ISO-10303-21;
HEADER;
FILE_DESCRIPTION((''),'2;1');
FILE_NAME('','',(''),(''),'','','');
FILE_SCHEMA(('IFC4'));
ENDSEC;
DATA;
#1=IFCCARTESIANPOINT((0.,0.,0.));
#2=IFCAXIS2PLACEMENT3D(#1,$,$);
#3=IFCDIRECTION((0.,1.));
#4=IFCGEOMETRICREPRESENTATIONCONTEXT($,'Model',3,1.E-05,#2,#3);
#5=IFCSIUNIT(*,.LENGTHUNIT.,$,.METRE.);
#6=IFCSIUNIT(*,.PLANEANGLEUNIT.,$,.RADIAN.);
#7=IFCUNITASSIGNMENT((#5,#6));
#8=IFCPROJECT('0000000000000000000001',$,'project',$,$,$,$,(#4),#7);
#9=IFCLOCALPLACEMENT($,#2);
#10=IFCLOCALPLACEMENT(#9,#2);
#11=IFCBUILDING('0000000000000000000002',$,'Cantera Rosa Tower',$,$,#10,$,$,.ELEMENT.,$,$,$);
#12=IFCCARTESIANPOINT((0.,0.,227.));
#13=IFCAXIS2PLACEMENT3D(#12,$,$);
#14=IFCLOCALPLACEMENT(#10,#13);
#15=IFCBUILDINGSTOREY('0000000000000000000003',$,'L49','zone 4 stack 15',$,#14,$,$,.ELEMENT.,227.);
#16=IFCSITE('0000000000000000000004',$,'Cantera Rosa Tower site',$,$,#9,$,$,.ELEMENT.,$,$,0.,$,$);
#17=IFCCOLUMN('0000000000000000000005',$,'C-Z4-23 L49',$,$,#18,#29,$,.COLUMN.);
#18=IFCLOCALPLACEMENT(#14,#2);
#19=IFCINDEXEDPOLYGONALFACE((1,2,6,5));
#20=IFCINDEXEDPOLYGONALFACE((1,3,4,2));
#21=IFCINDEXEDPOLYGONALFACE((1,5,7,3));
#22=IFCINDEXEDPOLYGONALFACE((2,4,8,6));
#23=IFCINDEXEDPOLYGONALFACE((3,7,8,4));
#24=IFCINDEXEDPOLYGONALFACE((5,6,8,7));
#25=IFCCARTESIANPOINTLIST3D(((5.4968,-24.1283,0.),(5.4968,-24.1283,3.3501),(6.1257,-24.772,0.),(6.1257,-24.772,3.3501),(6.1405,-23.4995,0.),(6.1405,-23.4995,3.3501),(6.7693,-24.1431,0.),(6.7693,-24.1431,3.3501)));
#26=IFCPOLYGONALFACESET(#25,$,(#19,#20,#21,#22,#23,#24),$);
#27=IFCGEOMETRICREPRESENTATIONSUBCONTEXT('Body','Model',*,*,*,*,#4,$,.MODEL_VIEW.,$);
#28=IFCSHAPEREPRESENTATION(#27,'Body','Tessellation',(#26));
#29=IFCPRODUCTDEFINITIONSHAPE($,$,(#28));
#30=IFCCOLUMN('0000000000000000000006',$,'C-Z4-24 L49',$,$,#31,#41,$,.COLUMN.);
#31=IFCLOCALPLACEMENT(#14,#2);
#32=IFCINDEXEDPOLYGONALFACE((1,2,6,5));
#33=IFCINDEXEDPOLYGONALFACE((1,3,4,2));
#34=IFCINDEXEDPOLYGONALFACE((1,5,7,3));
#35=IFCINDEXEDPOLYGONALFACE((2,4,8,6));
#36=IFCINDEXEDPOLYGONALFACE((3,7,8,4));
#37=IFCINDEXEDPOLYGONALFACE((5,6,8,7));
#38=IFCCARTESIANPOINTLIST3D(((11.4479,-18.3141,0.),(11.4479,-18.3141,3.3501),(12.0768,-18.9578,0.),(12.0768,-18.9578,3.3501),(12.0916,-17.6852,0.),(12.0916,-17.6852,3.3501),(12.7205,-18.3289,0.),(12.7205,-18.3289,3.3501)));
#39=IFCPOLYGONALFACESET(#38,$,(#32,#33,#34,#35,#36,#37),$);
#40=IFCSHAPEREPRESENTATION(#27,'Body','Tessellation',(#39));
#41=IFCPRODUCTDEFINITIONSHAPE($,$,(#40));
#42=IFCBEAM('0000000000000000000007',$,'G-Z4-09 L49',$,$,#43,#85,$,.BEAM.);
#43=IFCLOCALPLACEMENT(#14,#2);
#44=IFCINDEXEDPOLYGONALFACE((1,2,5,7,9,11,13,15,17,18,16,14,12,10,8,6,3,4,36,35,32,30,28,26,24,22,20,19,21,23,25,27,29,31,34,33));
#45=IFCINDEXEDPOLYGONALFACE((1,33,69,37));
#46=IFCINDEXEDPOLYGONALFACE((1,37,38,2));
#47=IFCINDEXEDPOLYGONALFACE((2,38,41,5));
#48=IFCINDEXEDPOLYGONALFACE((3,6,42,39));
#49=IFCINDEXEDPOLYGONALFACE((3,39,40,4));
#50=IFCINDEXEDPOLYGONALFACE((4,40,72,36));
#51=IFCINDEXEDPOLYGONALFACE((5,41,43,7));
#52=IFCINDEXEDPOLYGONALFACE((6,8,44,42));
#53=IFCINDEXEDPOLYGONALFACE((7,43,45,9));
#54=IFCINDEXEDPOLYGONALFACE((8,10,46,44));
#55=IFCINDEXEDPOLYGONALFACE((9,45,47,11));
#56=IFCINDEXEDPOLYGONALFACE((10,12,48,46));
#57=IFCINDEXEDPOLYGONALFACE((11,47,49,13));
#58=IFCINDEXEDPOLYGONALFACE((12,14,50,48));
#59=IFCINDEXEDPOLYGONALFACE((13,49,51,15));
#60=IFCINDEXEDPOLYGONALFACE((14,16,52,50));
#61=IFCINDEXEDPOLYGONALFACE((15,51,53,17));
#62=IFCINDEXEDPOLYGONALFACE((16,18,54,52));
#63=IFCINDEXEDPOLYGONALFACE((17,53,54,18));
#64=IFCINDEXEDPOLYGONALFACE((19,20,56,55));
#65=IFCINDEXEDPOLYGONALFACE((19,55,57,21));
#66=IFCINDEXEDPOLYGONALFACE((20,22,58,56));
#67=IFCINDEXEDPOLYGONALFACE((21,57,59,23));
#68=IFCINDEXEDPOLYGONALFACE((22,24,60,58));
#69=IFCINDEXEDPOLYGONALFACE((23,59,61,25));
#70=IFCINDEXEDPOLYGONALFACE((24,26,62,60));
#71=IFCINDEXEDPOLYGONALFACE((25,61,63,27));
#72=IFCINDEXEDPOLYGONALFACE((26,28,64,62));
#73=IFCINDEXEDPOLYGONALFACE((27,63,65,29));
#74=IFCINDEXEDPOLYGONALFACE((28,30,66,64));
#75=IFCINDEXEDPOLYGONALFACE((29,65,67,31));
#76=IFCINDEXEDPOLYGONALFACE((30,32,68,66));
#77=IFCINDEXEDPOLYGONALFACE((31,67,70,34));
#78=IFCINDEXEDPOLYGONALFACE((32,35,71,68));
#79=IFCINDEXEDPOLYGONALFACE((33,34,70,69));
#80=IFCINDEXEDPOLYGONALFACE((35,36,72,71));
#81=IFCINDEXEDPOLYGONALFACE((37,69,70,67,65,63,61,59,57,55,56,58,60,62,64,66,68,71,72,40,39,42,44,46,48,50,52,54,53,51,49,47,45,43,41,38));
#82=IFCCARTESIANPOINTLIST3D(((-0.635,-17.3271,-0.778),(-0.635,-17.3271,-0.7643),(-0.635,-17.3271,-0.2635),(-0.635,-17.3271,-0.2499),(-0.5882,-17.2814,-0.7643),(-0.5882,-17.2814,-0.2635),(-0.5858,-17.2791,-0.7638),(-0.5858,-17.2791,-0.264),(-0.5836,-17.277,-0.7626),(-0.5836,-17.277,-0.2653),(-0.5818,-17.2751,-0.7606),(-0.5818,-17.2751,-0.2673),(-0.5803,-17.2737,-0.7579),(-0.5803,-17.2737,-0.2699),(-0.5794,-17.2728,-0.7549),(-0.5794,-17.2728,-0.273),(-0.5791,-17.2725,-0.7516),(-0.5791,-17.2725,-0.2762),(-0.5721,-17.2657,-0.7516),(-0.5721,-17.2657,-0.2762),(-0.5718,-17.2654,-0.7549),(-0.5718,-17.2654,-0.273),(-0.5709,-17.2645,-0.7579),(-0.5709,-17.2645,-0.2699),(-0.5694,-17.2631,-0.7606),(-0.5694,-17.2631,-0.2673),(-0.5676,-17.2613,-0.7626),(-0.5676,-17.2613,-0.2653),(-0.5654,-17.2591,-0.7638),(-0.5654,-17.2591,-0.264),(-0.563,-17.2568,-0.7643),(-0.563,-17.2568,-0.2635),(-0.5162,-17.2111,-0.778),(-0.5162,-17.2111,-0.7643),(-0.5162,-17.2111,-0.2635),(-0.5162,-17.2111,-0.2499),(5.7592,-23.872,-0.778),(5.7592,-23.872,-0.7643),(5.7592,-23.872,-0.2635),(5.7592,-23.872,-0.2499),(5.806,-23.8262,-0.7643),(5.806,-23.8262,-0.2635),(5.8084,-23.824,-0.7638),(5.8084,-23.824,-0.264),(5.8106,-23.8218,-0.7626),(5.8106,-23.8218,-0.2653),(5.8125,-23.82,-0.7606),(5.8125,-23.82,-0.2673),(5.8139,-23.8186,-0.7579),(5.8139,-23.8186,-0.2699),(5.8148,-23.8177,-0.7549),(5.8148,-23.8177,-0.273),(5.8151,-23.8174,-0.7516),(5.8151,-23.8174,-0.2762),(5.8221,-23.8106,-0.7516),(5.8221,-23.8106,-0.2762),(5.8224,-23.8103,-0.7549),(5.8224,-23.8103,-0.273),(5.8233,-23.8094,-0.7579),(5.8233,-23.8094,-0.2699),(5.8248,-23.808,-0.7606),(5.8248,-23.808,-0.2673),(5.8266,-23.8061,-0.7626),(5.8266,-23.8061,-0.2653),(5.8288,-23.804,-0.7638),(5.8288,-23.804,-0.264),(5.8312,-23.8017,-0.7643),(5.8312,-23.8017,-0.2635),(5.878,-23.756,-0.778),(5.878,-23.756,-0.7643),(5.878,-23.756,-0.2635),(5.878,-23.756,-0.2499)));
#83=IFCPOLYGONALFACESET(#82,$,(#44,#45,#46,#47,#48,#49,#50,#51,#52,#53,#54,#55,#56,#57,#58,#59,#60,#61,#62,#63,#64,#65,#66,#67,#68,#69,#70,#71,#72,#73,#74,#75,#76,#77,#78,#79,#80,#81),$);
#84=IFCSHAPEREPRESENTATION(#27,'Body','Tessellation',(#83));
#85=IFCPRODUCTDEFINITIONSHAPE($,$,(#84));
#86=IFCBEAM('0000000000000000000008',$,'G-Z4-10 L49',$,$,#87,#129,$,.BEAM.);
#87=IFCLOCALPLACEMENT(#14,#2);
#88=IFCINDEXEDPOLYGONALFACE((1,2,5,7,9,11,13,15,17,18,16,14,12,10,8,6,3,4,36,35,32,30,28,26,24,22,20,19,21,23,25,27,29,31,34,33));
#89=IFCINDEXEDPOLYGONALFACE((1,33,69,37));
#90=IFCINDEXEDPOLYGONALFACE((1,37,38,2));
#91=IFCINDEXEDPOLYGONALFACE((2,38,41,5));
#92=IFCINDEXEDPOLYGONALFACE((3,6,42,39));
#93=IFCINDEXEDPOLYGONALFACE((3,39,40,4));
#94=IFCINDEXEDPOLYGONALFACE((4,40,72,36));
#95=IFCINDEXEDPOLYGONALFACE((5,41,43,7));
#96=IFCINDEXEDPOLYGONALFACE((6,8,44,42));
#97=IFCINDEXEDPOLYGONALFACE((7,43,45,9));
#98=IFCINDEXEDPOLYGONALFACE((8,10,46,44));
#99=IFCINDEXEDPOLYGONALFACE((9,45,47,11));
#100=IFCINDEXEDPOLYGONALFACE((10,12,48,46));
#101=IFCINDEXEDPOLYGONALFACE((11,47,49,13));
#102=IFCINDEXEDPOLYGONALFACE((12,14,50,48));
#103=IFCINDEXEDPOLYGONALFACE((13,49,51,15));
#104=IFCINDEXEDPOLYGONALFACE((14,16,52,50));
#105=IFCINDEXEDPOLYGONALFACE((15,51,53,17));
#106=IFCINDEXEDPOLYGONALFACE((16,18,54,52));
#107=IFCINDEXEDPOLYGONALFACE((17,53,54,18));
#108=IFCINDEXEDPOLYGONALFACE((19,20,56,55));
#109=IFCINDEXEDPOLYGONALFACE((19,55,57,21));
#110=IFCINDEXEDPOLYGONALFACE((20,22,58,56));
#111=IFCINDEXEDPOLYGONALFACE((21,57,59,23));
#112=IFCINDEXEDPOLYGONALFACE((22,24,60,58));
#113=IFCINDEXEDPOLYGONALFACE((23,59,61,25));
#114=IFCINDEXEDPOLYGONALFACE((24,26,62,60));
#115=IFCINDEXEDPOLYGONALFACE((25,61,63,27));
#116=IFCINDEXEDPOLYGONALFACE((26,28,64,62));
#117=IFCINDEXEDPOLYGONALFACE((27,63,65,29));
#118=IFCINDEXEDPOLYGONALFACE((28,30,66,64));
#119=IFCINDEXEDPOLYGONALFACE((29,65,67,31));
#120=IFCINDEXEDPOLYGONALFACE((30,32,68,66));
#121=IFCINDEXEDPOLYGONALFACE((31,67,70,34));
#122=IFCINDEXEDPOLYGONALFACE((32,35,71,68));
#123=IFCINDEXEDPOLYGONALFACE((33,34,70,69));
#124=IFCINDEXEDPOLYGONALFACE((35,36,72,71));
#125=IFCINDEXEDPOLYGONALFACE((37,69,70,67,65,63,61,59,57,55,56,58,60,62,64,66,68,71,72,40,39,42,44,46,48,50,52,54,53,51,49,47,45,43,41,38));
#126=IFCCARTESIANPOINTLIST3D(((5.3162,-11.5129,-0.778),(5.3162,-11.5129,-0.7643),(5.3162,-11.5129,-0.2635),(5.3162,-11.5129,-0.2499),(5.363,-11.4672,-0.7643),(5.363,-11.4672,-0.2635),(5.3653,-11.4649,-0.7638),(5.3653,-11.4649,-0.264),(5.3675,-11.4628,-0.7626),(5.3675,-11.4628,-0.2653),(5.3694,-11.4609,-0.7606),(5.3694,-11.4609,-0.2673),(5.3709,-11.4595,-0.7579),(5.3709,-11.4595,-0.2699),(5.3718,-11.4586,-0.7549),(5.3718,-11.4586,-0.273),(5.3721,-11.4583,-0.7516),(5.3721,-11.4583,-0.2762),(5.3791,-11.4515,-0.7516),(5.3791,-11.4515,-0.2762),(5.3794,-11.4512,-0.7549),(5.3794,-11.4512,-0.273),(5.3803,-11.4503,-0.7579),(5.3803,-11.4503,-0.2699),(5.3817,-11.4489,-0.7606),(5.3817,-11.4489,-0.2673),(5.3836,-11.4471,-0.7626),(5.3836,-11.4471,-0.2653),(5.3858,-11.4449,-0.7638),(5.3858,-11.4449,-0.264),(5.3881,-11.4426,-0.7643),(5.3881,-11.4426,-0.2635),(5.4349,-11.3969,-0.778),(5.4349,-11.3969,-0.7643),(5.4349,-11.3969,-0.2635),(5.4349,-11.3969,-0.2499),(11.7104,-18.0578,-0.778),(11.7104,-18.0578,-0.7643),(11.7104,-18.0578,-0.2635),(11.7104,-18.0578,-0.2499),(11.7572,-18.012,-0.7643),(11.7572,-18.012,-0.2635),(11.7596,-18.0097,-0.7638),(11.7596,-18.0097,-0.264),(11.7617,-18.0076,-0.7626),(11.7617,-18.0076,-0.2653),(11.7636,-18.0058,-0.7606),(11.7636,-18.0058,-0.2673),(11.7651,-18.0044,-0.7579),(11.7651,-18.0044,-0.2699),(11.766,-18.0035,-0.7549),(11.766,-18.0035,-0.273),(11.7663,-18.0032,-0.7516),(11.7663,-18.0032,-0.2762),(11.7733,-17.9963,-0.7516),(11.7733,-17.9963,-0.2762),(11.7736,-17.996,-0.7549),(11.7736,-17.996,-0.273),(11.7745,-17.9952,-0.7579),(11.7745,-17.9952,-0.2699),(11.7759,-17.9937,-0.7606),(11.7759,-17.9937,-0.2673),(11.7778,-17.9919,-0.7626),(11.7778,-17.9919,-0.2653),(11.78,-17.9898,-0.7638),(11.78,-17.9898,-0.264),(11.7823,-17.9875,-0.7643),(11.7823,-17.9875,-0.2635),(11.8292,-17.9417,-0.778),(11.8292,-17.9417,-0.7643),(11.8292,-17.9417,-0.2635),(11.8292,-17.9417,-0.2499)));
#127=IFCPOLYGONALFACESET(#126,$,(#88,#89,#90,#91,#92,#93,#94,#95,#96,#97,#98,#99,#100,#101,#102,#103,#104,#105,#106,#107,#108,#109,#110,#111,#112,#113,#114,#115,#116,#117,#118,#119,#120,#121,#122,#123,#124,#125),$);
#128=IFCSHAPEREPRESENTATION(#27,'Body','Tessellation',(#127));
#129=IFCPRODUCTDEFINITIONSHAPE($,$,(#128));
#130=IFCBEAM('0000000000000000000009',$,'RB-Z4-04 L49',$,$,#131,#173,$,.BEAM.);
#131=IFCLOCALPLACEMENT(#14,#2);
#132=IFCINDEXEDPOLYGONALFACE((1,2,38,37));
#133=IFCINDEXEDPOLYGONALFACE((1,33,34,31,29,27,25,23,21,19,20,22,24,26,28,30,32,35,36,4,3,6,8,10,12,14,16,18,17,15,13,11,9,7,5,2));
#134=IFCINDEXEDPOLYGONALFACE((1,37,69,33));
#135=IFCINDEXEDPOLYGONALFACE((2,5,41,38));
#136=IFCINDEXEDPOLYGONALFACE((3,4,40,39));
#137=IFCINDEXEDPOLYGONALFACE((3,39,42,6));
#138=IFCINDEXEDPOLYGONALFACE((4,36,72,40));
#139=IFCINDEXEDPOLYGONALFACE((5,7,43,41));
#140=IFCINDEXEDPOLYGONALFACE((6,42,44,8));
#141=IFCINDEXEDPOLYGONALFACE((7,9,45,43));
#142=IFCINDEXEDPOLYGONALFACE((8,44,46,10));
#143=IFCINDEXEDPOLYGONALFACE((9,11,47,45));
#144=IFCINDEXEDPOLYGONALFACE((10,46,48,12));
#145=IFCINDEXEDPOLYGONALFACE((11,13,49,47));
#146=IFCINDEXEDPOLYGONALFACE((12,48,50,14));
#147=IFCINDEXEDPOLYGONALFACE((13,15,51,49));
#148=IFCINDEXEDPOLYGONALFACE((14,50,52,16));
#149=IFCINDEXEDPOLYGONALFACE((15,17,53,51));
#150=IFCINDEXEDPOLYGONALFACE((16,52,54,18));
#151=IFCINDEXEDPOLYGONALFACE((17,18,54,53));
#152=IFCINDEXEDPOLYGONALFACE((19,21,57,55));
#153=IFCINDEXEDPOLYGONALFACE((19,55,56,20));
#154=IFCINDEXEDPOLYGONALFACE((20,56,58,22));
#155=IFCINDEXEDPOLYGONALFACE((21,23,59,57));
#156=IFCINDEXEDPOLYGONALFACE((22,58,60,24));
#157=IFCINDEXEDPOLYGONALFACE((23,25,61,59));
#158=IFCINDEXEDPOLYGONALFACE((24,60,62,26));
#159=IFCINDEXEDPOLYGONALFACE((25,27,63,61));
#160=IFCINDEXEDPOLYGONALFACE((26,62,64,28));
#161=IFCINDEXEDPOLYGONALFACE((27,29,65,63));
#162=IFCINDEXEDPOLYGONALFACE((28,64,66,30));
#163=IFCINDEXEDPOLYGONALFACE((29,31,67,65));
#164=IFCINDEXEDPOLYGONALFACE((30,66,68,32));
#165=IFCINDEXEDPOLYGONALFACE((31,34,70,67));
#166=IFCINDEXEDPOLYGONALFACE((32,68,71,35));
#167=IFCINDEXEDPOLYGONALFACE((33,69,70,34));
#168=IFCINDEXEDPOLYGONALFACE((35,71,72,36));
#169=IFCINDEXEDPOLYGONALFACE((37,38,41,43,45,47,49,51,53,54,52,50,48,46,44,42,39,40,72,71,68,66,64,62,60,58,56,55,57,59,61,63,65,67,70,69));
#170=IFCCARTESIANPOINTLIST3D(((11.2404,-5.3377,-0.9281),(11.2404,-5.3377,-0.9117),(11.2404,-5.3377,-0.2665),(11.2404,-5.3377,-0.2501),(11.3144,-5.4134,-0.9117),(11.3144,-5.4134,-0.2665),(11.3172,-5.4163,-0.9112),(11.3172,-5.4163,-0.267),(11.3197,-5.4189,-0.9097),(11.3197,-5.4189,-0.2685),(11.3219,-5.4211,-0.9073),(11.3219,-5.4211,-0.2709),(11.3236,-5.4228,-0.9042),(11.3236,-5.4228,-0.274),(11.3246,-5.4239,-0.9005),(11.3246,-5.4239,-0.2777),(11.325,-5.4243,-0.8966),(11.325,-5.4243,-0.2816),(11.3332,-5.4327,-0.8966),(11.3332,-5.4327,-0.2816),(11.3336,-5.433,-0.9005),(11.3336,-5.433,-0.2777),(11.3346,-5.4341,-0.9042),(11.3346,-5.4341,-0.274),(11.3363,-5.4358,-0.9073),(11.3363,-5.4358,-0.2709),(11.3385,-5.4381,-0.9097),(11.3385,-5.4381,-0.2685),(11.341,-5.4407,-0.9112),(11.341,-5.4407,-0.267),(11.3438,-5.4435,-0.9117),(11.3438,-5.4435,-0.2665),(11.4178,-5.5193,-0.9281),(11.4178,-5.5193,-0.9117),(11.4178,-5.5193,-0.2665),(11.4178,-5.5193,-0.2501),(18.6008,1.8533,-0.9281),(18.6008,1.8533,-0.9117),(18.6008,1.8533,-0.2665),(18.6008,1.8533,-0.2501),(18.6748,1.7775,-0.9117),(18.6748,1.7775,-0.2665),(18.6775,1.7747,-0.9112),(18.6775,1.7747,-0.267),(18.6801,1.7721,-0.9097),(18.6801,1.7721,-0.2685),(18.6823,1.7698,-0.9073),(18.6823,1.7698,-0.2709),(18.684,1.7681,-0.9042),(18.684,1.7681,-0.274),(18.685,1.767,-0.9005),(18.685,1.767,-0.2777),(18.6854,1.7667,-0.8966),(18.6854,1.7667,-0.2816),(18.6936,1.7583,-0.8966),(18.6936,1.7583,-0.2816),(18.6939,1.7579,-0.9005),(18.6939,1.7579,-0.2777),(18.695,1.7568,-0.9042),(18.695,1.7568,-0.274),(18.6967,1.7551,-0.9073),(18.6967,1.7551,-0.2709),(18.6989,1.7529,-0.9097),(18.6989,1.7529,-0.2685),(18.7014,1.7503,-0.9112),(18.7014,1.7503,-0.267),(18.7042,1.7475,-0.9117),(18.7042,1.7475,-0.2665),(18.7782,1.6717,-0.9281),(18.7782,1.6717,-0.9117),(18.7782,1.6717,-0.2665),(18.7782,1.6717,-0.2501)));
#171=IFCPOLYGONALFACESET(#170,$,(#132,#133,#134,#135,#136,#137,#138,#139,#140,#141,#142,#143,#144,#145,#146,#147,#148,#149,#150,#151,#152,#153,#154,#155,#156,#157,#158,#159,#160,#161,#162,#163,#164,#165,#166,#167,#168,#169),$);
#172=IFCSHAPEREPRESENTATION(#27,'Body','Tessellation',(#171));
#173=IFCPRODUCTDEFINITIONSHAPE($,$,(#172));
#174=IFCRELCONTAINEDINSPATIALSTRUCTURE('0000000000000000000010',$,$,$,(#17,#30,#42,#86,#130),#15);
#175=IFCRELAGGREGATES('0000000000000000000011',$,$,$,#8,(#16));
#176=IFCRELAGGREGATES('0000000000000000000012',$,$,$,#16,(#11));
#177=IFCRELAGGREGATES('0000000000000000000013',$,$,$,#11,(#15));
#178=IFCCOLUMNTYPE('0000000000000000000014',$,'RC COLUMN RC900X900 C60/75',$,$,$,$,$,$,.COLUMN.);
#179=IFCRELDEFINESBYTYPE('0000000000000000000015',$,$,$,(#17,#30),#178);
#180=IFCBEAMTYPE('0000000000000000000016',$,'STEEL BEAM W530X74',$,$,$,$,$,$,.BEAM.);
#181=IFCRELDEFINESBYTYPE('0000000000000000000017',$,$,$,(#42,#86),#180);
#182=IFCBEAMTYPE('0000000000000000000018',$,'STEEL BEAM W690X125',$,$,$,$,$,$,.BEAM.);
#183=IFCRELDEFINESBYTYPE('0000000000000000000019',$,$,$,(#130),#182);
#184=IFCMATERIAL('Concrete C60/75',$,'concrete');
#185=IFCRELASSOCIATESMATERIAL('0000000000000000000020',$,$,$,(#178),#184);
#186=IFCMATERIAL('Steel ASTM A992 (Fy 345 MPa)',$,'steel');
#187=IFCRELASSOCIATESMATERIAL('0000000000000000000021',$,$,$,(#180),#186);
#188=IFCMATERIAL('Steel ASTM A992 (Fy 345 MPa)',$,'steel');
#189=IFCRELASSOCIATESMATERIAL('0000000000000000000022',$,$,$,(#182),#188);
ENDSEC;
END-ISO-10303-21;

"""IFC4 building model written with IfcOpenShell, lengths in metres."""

from ifc_helpers import new_model, si_unit, direction, frame, origin, origin_2d, place, context, subcontext, project, spatial, rectangle, i_section, extrude, material, material_profile, profile_set, type_object, element, save


model = new_model("IFC4")

# Units and contexts
model_context = context("Model", 3, precision=1e-05, world=origin(), true_north=direction((0.0, 1.0)))
body_context = subcontext(model_context, "Body", "Model", "MODEL_VIEW")
ifc_project = project(units=[si_unit("LENGTHUNIT", "METRE"), si_unit("PLANEANGLEUNIT", "RADIAN")], contexts=[model_context])

# Site, building, storey
site_placement = place(None, origin())
site = spatial("IfcSite", under=ifc_project, at=site_placement, Name="Cantera Rosa Tower site", CompositionType="ELEMENT", RefElevation=0.0)
building_placement = place(site_placement, origin())
building = spatial("IfcBuilding", under=site, at=building_placement, Name="Cantera Rosa Tower", CompositionType="ELEMENT")
storey_placement = place(building_placement, frame((0.0, 0.0, 227.0)))
storey = spatial("IfcBuildingStorey", under=building, at=storey_placement, Name="L49", Description="zone 4 stack 15", CompositionType="ELEMENT", Elevation=227.0)

# Columns
ifc_material_1 = material(Name="Concrete C60/75", Category="concrete")
ifc_material_profile_1 = material_profile(ifc_material_1, rectangle(XDim=0.8999, YDim=0.8999, at=origin_2d()), Name="RC COLUMN RC900X900 C60/75")
ifc_profile_set_1 = profile_set([ifc_material_profile_1], Name="Concrete C60/75")
column_type = type_object("IfcColumnType", Name="RC COLUMN RC900X900 C60/75", PredefinedType="COLUMN", material=ifc_profile_set_1)
for number, where, z_axis, x_axis, name in (
    (1, (6.1331, -24.1357, 0.0), (0.0, 0.0, 1.0), (0.715286, 0.698832, 0.0), "C-Z4-23 L49"),
    (2, (12.0842, -18.3215, 0.0), (0.0, 0.0, 1.0), (0.715286, 0.698832, 0.0), "C-Z4-24 L49"),
):
    element("IfcColumn", number, at=place(storey_placement, frame(where, z_axis=z_axis, x_axis=x_axis)), inside=storey, type_object=column_type, Name=name, PredefinedType="COLUMN", context=body_context, shape_type="SweptSolid", body=[
        extrude(rectangle(XDim=0.8999, YDim=0.8999, at=origin_2d()), origin(), (0.0, 0.0, 1.0), 3.3501),
    ])

# Beams
ifc_material_2 = material(Name="Steel ASTM A992 (Fy 345 MPa)", Category="steel")
ifc_material_profile_2 = material_profile(ifc_material_2, i_section(OverallWidth=0.166, OverallDepth=0.5281, WebThickness=0.0098, FlangeThickness=0.0137, FilletRadius=0.0127, at=origin_2d()), Name="W530X74")
ifc_profile_set_2 = profile_set([ifc_material_profile_2], Name="Steel ASTM A992 (Fy 345 MPa)")
beam_type_1 = type_object("IfcBeamType", Name="STEEL BEAM W530X74", PredefinedType="BEAM", material=ifc_profile_set_2)
for number, where, z_axis, x_axis, name in (
    (3, (5.8186, -23.814, -0.5139), (-0.698827, 0.71529, 0.0), (-0.71529, -0.698827, 0.0), "G-Z4-09 L49"),
    (4, (11.7698, -17.9998, -0.5139), (-0.698827, 0.71529, 0.0), (-0.71529, -0.698827, 0.0), "G-Z4-10 L49"),
):
    element("IfcBeam", number, at=place(storey_placement, frame(where, z_axis=z_axis, x_axis=x_axis)), inside=storey, type_object=beam_type_1, Name=name, PredefinedType="BEAM", context=body_context, shape_type="SweptSolid", body=[
        extrude(i_section(OverallWidth=0.166, OverallDepth=0.5281, WebThickness=0.0098, FlangeThickness=0.0137, FilletRadius=0.0127, at=origin_2d()), origin(), (0.0, 0.0, 1.0), 9.1499),
    ])
ifc_material_3 = material(Name="Steel ASTM A992 (Fy 345 MPa)", Category="steel")
ifc_material_profile_3 = material_profile(ifc_material_3, i_section(OverallWidth=0.2539, OverallDepth=0.678, WebThickness=0.0117, FlangeThickness=0.0164, FilletRadius=0.0151, at=origin_2d()), Name="W690X125")
ifc_profile_set_3 = profile_set([ifc_material_profile_3], Name="Steel ASTM A992 (Fy 345 MPa)")
beam_type_2 = type_object("IfcBeamType", Name="STEEL BEAM W690X125", PredefinedType="BEAM", material=ifc_profile_set_3)
beam_1_placement = place(storey_placement, frame((11.3291, -5.4285, -0.5891), z_axis=(0.715292, 0.698826, 0.0), x_axis=(-0.698826, 0.715292, 0.0)))
element("IfcBeam", 5, at=beam_1_placement, inside=storey, type_object=beam_type_2, Name="RB-Z4-04 L49", PredefinedType="BEAM", context=body_context, shape_type="SweptSolid", body=[
    extrude(i_section(OverallWidth=0.2539, OverallDepth=0.678, WebThickness=0.0117, FlangeThickness=0.0164, FilletRadius=0.0151, at=origin_2d()), origin(), (0.0, 0.0, 1.0), 10.29),
])

save(model, "model.ifc")
